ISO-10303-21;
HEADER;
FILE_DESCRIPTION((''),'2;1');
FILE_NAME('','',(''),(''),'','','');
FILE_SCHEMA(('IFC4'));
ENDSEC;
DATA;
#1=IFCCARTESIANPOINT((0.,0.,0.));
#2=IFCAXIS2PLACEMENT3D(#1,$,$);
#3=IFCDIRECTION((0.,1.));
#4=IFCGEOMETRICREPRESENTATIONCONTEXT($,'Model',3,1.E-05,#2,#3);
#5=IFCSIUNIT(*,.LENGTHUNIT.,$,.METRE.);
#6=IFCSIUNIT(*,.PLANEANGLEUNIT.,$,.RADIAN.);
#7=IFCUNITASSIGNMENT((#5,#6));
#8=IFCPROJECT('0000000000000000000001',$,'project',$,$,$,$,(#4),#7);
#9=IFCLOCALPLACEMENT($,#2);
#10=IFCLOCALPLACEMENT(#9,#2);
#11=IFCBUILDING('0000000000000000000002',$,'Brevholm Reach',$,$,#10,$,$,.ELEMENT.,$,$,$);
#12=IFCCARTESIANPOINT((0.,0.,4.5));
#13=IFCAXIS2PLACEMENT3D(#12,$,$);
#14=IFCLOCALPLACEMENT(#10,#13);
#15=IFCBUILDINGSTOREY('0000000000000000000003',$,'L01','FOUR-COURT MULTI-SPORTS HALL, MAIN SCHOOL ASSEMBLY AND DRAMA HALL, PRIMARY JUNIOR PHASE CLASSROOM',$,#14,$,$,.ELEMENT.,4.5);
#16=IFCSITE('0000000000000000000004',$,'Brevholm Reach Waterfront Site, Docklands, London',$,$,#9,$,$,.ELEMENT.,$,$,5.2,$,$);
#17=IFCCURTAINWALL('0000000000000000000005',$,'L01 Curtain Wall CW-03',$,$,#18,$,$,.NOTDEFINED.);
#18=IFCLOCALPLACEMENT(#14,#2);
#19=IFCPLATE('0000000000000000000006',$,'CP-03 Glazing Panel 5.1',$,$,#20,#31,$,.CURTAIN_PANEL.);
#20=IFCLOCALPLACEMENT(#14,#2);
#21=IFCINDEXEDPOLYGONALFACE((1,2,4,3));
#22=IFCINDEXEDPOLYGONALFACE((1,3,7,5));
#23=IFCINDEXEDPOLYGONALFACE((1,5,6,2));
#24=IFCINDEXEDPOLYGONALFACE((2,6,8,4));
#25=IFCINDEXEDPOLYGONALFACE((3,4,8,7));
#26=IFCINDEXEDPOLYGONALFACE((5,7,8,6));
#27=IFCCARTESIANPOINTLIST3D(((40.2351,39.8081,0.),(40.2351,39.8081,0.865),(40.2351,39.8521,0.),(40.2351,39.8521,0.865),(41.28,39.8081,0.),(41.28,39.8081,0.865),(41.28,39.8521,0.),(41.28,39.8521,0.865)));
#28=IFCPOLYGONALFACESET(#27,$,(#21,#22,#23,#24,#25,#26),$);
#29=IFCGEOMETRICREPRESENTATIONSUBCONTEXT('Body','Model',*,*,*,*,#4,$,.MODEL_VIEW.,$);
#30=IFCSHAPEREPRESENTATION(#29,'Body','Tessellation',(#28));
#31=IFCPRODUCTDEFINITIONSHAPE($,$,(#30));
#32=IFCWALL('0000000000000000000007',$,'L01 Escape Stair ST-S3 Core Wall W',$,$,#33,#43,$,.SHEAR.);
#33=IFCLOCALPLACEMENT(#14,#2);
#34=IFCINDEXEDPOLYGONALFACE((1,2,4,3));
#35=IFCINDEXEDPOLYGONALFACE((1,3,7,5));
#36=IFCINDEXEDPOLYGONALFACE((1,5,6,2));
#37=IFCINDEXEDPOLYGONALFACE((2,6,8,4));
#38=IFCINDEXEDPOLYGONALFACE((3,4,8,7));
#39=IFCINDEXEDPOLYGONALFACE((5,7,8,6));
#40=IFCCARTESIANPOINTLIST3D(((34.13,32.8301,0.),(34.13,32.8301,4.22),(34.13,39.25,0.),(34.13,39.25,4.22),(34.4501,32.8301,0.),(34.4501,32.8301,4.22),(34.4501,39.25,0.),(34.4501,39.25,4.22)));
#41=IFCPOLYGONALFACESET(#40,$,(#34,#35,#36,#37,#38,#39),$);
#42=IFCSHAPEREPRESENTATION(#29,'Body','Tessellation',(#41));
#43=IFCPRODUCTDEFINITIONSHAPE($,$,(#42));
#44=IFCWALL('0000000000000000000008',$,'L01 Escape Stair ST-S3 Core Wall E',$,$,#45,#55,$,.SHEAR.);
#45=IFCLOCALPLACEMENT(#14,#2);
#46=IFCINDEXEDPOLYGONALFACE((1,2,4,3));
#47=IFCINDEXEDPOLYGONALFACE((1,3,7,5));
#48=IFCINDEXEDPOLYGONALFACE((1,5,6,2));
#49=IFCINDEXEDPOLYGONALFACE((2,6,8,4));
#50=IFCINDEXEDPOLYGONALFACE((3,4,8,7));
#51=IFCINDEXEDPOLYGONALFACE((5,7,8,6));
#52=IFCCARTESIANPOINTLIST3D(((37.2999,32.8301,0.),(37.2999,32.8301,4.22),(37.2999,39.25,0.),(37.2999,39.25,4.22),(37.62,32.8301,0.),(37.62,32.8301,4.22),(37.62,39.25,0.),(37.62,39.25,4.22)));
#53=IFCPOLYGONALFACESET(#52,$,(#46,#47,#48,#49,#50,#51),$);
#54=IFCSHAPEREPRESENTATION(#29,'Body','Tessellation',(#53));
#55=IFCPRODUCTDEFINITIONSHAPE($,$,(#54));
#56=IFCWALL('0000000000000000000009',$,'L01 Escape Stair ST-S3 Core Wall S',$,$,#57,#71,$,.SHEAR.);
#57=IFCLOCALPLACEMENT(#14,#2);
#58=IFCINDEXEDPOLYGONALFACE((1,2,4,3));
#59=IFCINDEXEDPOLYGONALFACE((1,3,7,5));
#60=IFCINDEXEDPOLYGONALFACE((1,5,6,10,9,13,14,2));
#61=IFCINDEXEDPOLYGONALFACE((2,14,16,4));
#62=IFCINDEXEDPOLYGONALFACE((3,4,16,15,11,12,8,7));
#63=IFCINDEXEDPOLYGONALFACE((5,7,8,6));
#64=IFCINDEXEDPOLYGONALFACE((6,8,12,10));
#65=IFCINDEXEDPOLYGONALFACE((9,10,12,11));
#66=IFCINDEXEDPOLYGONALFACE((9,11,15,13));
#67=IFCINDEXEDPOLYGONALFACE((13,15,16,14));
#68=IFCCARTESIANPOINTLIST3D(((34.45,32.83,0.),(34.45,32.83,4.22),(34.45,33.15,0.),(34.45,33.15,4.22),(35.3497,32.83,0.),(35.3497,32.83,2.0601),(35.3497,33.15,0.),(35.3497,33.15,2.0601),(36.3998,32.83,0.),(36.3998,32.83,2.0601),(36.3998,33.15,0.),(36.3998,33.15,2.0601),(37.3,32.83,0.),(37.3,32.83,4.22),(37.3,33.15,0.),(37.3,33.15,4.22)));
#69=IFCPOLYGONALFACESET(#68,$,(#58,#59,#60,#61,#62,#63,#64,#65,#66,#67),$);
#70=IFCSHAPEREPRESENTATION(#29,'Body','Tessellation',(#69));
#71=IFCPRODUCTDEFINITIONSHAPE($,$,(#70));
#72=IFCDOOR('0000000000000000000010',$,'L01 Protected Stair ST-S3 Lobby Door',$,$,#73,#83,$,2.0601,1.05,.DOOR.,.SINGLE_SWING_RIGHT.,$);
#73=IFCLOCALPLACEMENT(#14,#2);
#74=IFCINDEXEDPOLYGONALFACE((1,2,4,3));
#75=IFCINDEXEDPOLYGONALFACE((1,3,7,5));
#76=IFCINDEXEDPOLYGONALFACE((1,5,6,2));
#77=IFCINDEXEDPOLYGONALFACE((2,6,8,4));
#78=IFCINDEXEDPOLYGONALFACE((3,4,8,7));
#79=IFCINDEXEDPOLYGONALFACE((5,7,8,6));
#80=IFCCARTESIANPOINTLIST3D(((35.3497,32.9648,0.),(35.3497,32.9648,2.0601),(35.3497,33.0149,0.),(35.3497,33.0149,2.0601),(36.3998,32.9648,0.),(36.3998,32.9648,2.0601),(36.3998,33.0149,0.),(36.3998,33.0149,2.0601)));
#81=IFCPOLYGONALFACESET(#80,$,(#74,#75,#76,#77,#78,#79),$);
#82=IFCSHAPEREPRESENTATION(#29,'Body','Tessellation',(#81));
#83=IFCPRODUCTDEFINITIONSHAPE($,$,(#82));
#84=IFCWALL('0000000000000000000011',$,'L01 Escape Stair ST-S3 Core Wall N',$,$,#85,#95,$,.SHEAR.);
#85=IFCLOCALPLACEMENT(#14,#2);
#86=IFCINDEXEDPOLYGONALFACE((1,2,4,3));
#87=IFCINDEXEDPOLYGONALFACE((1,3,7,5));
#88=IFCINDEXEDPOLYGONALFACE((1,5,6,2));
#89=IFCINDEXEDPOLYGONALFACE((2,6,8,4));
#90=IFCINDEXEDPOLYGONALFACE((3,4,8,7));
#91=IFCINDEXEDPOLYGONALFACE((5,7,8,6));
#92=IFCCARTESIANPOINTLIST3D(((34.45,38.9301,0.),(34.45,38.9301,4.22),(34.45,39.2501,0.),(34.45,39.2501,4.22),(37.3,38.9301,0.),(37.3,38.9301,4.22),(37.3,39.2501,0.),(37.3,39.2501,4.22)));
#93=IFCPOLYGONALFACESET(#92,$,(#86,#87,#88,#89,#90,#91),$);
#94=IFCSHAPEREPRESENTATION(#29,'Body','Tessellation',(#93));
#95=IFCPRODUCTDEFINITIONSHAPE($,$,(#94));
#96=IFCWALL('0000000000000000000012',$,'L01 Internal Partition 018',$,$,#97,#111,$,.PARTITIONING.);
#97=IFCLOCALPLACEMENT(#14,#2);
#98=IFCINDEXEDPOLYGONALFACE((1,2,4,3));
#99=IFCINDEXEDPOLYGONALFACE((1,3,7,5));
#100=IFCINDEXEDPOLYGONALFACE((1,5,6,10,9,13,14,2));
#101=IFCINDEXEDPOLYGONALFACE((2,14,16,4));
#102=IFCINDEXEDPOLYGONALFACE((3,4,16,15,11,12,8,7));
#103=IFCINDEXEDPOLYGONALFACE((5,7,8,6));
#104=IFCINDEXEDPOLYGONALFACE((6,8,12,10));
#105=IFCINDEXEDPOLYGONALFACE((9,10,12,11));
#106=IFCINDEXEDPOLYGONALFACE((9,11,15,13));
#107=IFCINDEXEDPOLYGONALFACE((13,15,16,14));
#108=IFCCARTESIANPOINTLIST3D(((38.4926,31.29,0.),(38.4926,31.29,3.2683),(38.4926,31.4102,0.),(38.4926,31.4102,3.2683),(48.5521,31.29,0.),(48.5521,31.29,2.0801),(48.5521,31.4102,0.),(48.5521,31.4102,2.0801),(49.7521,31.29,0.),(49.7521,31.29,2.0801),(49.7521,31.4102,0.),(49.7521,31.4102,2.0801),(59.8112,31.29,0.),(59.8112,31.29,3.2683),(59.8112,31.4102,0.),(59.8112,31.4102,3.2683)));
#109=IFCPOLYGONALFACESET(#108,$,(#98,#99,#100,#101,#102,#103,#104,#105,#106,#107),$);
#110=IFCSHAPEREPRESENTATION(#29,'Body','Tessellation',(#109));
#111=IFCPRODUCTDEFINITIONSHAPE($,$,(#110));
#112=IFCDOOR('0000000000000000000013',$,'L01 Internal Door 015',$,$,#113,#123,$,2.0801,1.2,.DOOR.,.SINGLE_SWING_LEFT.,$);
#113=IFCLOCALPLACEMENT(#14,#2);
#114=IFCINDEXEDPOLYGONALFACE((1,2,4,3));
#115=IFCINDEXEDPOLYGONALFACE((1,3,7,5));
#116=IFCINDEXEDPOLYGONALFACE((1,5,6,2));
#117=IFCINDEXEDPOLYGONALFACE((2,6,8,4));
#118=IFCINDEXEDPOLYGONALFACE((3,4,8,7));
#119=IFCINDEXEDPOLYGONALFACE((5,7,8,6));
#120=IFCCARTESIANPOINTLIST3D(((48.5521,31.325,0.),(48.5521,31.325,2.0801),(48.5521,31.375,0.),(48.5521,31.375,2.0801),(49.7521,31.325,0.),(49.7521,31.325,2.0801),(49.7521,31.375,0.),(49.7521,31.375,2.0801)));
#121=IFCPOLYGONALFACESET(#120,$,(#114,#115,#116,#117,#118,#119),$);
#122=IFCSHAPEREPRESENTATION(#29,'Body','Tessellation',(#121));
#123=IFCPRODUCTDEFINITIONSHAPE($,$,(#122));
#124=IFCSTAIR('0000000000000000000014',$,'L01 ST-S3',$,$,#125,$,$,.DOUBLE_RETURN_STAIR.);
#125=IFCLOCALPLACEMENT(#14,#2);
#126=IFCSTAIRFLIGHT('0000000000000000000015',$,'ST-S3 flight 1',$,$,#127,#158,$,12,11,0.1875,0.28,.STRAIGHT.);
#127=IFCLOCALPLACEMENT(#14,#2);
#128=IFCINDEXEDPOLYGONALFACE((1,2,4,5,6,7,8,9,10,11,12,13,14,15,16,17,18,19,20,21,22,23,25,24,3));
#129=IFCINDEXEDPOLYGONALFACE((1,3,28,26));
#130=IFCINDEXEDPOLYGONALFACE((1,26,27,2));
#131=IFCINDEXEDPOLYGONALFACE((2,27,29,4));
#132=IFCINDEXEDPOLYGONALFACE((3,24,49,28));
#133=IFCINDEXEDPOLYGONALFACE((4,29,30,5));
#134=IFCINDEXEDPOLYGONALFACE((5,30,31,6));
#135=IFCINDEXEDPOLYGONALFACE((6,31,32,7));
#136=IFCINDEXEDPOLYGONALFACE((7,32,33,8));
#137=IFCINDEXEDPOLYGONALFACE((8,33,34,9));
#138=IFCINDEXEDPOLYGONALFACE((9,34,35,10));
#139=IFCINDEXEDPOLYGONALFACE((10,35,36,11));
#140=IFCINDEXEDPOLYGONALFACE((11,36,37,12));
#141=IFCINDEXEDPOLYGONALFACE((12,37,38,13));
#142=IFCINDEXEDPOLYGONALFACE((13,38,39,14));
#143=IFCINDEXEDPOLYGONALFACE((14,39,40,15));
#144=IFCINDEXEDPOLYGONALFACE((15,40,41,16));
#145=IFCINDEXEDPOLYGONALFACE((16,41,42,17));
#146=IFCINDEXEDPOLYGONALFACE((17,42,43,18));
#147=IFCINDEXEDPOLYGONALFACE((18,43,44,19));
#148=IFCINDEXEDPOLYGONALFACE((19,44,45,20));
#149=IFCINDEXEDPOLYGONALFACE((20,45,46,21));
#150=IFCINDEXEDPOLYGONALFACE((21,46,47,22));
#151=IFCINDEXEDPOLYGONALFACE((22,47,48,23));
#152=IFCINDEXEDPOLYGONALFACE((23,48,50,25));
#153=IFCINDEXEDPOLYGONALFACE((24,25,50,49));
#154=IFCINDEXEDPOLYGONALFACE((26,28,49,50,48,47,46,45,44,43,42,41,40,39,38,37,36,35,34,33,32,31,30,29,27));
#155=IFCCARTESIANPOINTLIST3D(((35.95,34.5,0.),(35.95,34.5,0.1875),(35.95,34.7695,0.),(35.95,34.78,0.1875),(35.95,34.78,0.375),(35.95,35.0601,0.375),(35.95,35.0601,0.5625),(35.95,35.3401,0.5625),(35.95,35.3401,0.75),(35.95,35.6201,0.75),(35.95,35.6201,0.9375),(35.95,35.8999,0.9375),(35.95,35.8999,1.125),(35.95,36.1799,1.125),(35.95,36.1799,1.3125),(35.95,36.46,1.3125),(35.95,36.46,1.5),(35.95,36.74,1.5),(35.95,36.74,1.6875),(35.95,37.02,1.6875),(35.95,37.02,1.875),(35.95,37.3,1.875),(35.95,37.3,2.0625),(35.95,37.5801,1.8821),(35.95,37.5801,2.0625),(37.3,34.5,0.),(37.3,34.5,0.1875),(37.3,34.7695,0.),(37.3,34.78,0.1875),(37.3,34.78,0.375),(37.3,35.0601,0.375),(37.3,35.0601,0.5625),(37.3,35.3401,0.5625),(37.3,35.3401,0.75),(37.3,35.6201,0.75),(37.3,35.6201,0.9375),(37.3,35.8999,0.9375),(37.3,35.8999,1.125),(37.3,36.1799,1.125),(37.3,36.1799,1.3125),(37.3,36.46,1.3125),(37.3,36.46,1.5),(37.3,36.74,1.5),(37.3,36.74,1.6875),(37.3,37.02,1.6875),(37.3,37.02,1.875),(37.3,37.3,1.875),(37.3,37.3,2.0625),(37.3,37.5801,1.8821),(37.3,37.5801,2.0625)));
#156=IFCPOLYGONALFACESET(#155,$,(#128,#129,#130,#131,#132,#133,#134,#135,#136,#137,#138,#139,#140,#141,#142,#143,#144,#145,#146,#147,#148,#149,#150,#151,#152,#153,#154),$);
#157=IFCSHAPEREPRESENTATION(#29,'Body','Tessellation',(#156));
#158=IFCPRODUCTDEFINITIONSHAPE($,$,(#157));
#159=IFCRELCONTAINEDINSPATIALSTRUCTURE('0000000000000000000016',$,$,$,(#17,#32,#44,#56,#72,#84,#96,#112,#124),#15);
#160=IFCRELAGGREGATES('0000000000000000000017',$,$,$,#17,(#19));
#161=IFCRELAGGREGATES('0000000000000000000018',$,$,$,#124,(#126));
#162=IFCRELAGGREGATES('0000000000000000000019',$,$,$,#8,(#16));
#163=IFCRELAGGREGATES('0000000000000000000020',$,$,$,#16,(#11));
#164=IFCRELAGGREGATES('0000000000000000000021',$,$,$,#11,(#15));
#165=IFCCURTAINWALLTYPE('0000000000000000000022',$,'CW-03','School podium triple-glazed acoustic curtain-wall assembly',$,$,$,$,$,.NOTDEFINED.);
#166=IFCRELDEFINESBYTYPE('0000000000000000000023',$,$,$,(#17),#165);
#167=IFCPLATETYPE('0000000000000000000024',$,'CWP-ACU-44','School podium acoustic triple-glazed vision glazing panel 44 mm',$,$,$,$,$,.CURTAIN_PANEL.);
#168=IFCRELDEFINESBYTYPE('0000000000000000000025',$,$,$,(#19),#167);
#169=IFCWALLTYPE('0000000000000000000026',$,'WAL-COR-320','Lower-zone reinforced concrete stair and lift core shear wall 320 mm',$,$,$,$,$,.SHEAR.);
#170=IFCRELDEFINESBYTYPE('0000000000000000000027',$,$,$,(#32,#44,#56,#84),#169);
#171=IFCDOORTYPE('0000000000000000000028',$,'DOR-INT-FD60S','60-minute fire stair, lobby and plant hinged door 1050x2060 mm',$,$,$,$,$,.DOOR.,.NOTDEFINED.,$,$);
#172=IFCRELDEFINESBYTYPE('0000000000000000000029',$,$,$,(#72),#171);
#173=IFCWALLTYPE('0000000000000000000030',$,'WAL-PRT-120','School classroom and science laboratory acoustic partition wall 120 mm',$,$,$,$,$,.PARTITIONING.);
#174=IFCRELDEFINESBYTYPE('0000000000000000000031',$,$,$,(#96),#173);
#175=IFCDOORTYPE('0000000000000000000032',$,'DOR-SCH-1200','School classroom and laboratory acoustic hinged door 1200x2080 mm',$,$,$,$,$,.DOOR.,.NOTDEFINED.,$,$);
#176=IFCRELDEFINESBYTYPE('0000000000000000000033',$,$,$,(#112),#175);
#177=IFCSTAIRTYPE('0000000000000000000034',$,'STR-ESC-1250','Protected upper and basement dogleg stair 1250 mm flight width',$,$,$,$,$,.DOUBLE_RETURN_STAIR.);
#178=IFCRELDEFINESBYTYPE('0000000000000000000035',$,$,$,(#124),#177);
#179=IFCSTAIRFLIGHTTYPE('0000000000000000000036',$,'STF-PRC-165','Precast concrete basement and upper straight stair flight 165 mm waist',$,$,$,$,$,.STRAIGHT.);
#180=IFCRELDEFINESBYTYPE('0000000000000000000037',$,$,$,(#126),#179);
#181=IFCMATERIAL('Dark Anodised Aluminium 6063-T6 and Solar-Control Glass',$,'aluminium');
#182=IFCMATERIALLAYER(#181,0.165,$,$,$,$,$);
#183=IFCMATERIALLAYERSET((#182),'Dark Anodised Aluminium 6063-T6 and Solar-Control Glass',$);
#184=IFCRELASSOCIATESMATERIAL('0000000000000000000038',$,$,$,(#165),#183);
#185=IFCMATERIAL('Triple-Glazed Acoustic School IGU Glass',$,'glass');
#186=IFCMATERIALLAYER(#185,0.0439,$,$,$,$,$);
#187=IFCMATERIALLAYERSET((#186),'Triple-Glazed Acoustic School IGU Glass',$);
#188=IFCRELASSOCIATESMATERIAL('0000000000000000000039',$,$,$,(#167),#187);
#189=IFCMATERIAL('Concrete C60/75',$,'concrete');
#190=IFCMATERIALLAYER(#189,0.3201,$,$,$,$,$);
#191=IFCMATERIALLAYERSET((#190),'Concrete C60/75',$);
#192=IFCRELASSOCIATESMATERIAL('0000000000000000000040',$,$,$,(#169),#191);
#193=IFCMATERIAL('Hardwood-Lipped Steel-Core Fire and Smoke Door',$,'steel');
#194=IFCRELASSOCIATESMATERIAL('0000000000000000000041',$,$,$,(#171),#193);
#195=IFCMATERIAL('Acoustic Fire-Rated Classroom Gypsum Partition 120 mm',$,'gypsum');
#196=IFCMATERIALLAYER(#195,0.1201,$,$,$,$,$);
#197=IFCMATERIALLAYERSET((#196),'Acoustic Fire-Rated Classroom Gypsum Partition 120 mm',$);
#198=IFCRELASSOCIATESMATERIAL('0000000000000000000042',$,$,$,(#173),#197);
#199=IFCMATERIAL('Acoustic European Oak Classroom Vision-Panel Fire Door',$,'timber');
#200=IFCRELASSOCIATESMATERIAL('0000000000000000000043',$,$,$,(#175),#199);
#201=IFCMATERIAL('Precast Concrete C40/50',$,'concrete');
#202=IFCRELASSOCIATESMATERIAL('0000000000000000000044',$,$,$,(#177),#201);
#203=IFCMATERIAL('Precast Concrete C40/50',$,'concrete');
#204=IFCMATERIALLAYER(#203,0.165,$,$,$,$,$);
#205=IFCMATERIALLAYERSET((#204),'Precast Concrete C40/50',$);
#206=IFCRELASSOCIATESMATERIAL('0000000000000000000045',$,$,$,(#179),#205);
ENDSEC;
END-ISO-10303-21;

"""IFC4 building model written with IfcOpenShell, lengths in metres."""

from ifc_helpers import new_model, si_unit, direction, frame, frame_2d, origin, origin_2d, place, context, subcontext, project, spatial, polyline, rectangle, outline, extrude, material, layer, layer_set, type_object, element, fill, aggregate, save


model = new_model("IFC4")

# Units and contexts
model_context = context("Model", 3, precision=1e-05, world=origin(), true_north=direction((0.0, 1.0)))
body_context = subcontext(model_context, "Body", "Model", "MODEL_VIEW")
ifc_project = project(units=[si_unit("LENGTHUNIT", "METRE"), si_unit("PLANEANGLEUNIT", "RADIAN")], contexts=[model_context])

# Site, building, storey
site_placement = place(None, origin())
site = spatial("IfcSite", under=ifc_project, at=site_placement, Name="Brevholm Reach Waterfront Site, Docklands, London", CompositionType="ELEMENT", RefElevation=5.2)
building_placement = place(site_placement, origin())
building = spatial("IfcBuilding", under=site, at=building_placement, Name="Brevholm Reach", CompositionType="ELEMENT")
storey_placement = place(building_placement, frame((0.0, 0.0, 4.5)))
storey = spatial("IfcBuildingStorey", under=building, at=storey_placement, Name="L01", Description="FOUR-COURT MULTI-SPORTS HALL, MAIN SCHOOL ASSEMBLY AND DRAMA HALL, PRIMARY JUNIOR PHASE CLASSROOM", CompositionType="ELEMENT", Elevation=4.5)

# Curtain wall, plate
ifc_material_1 = material(Name="Dark Anodised Aluminium 6063-T6 and Solar-Control Glass", Category="aluminium")
ifc_layer_1 = layer(ifc_material_1, 0.165)
ifc_layer_set_1 = layer_set([ifc_layer_1], Name="Dark Anodised Aluminium 6063-T6 and Solar-Control Glass")
curtain_wall_type = type_object("IfcCurtainWallType", Name="CW-03", Description="School podium triple-glazed acoustic curtain-wall assembly", PredefinedType="NOTDEFINED", material=ifc_layer_set_1)
curtain_wall_placement = place(storey_placement, origin())
curtain_wall = element("IfcCurtainWall", 1, at=curtain_wall_placement, inside=storey, type_object=curtain_wall_type, Name="L01 Curtain Wall CW-03", PredefinedType="NOTDEFINED")
ifc_material_2 = material(Name="Triple-Glazed Acoustic School IGU Glass", Category="glass")
ifc_layer_2 = layer(ifc_material_2, 0.0439)
ifc_layer_set_2 = layer_set([ifc_layer_2], Name="Triple-Glazed Acoustic School IGU Glass")
plate_type = type_object("IfcPlateType", Name="CWP-ACU-44", Description="School podium acoustic triple-glazed vision glazing panel 44 mm", PredefinedType="CURTAIN_PANEL", material=ifc_layer_set_2)
plate_1_placement = place(storey_placement, frame((40.7576, 39.8301, 0.0), z_axis=(0.0, 0.0, 1.0), x_axis=(1.0, 0.0, 0.0)))
plate_1 = element("IfcPlate", 2, at=plate_1_placement, type_object=plate_type, Name="CP-03 Glazing Panel 5.1", PredefinedType="CURTAIN_PANEL", context=body_context, shape_type="SweptSolid", body=[
    extrude(rectangle(XDim=1.0449, YDim=0.0439, at=origin_2d()), origin(), (0.0, 0.0, 1.0), 0.865),
])
aggregate(curtain_wall, [plate_1])

# Walls
ifc_material_3 = material(Name="Concrete C60/75", Category="concrete")
ifc_layer_3 = layer(ifc_material_3, 0.3201)
ifc_layer_set_3 = layer_set([ifc_layer_3], Name="Concrete C60/75")
wall_type_1 = type_object("IfcWallType", Name="WAL-COR-320", Description="Lower-zone reinforced concrete stair and lift core shear wall 320 mm", PredefinedType="SHEAR", material=ifc_layer_set_3)
for number, where, z_axis, x_axis, name in (
    (3, (34.29, 32.8301, 0.0), (0.0, 0.0, 1.0), (0.0, 1.0, 0.0), "L01 Escape Stair ST-S3 Core Wall W"),
    (4, (37.46, 32.8301, 0.0), (0.0, 0.0, 1.0), (0.0, 1.0, 0.0), "L01 Escape Stair ST-S3 Core Wall E"),
):
    element("IfcWall", number, at=place(storey_placement, frame(where, z_axis=z_axis, x_axis=x_axis)), inside=storey, type_object=wall_type_1, Name=name, PredefinedType="SHEAR", context=body_context, shape_type="SweptSolid", body=[
        extrude(rectangle(XDim=6.4199, YDim=0.3201, at=frame_2d((3.21, 0.0))), origin(), (0.0, 0.0, 1.0), 4.22),
    ])

# Wall, opening, door
wall_1_placement = place(storey_placement, frame((34.45, 32.99, 0.0), z_axis=(0.0, 0.0, 1.0), x_axis=(1.0, 0.0, 0.0)))
wall_1 = element("IfcWall", 5, at=wall_1_placement, inside=storey, type_object=wall_type_1, Name="L01 Escape Stair ST-S3 Core Wall S", PredefinedType="SHEAR", context=body_context, shape_type="SweptSolid", body=[
    extrude(rectangle(XDim=2.8501, YDim=0.3201, at=frame_2d((1.425, 0.0))), origin(), (0.0, 0.0, 1.0), 4.22),
])
opening_1_placement = place(wall_1_placement, frame((0.8999, 0.0, 0.0)))
opening_1 = element("IfcOpeningElement", 6, at=opening_1_placement, cuts=wall_1, PredefinedType="OPENING", context=body_context, shape_type="SweptSolid", body=[
    extrude(rectangle(XDim=1.05, YDim=2.0601, at=frame_2d((0.5249, 1.03))), frame((0.0, 0.1699, 0.0), z_axis=(0.0, -1.0, 0.0), x_axis=(1.0, 0.0, 0.0)), (0.0, 0.0, 1.0), 0.3401),
])
ifc_material_4 = material(Name="Hardwood-Lipped Steel-Core Fire and Smoke Door", Category="steel")
door_type_1 = type_object("IfcDoorType", Name="DOR-INT-FD60S", Description="60-minute fire stair, lobby and plant hinged door 1050x2060 mm", OperationType="NOTDEFINED", PredefinedType="DOOR", material=ifc_material_4)
door_1_placement = place(opening_1_placement, origin())
door_1 = element("IfcDoor", 7, at=door_1_placement, inside=storey, type_object=door_type_1, Name="L01 Protected Stair ST-S3 Lobby Door", OperationType="SINGLE_SWING_RIGHT", OverallHeight=2.0601, OverallWidth=1.05, PredefinedType="DOOR", context=body_context, shape_type="SweptSolid", body=[
    extrude(rectangle(XDim=1.05, YDim=2.0601, at=frame_2d((0.5249, 1.03))), frame((0.0, 0.0249, 0.0), z_axis=(0.0, -1.0, 0.0), x_axis=(1.0, 0.0, 0.0)), (0.0, 0.0, 1.0), 0.05),
])
fill(opening_1, door_1)

# Wall
wall_2_placement = place(storey_placement, frame((37.3, 39.0901, 0.0), z_axis=(0.0, 0.0, 1.0), x_axis=(-1.0, 0.0, 0.0)))
element("IfcWall", 8, at=wall_2_placement, inside=storey, type_object=wall_type_1, Name="L01 Escape Stair ST-S3 Core Wall N", PredefinedType="SHEAR", context=body_context, shape_type="SweptSolid", body=[
    extrude(rectangle(XDim=2.8501, YDim=0.3201, at=frame_2d((1.425, 0.0))), origin(), (0.0, 0.0, 1.0), 4.22),
])

# Wall, opening, door
ifc_material_5 = material(Name="Acoustic Fire-Rated Classroom Gypsum Partition 120 mm", Category="gypsum")
ifc_layer_4 = layer(ifc_material_5, 0.1201)
ifc_layer_set_4 = layer_set([ifc_layer_4], Name="Acoustic Fire-Rated Classroom Gypsum Partition 120 mm")
wall_type_2 = type_object("IfcWallType", Name="WAL-PRT-120", Description="School classroom and science laboratory acoustic partition wall 120 mm", PredefinedType="PARTITIONING", material=ifc_layer_set_4)
wall_3_placement = place(storey_placement, frame((38.4927, 31.3501, 0.0), z_axis=(0.0, 0.0, 1.0), x_axis=(1.0, 0.0, 0.0)))
wall_3 = element("IfcWall", 9, at=wall_3_placement, inside=storey, type_object=wall_type_2, Name="L01 Internal Partition 018", PredefinedType="PARTITIONING", context=body_context, shape_type="SweptSolid", body=[
    extrude(rectangle(XDim=21.3186, YDim=0.1201, at=frame_2d((10.6592, 0.0))), origin(), (0.0, 0.0, 1.0), 3.2683),
])
opening_2_placement = place(wall_3_placement, frame((10.0593, 0.0, 0.0)))
opening_2 = element("IfcOpeningElement", 10, at=opening_2_placement, cuts=wall_3, PredefinedType="OPENING", context=body_context, shape_type="SweptSolid", body=[
    extrude(rectangle(XDim=1.2, YDim=2.0801, at=frame_2d((0.6001, 1.04))), frame((0.0, 0.0701, 0.0), z_axis=(0.0, -1.0, 0.0), x_axis=(1.0, 0.0, 0.0)), (0.0, 0.0, 1.0), 0.1401),
])
ifc_material_6 = material(Name="Acoustic European Oak Classroom Vision-Panel Fire Door", Category="timber")
door_type_2 = type_object("IfcDoorType", Name="DOR-SCH-1200", Description="School classroom and laboratory acoustic hinged door 1200x2080 mm", OperationType="NOTDEFINED", PredefinedType="DOOR", material=ifc_material_6)
door_2_placement = place(opening_2_placement, origin())
door_2 = element("IfcDoor", 11, at=door_2_placement, inside=storey, type_object=door_type_2, Name="L01 Internal Door 015", OperationType="SINGLE_SWING_LEFT", OverallHeight=2.0801, OverallWidth=1.2, PredefinedType="DOOR", context=body_context, shape_type="SweptSolid", body=[
    extrude(rectangle(XDim=1.2, YDim=2.0801, at=frame_2d((0.6001, 1.04))), frame((0.0, 0.0249, 0.0), z_axis=(0.0, -1.0, 0.0), x_axis=(1.0, 0.0, 0.0)), (0.0, 0.0, 1.0), 0.05),
])
fill(opening_2, door_2)

# Stair, stair flight
ifc_material_7 = material(Name="Precast Concrete C40/50", Category="concrete")
stair_type = type_object("IfcStairType", Name="STR-ESC-1250", Description="Protected upper and basement dogleg stair 1250 mm flight width", PredefinedType="DOUBLE_RETURN_STAIR", material=ifc_material_7)
stair_placement = place(storey_placement, origin())
stair = element("IfcStair", 12, at=stair_placement, inside=storey, type_object=stair_type, Name="L01 ST-S3", PredefinedType="DOUBLE_RETURN_STAIR")
ifc_material_8 = material(Name="Precast Concrete C40/50", Category="concrete")
ifc_layer_5 = layer(ifc_material_8, 0.165)
ifc_layer_set_5 = layer_set([ifc_layer_5], Name="Precast Concrete C40/50")
stair_flight_type = type_object("IfcStairFlightType", Name="STF-PRC-165", Description="Precast concrete basement and upper straight stair flight 165 mm waist", PredefinedType="STRAIGHT", material=ifc_layer_set_5)
stair_flight_1_placement = place(storey_placement, frame((36.625, 34.5, 0.0), z_axis=(0.0, 0.0, 1.0), x_axis=(0.0, 1.0, 0.0)))
stair_flight_1 = element("IfcStairFlight", 13, at=stair_flight_1_placement, type_object=stair_flight_type, Name="ST-S3 flight 1", NumberOfRisers=12, NumberOfTreads=11, PredefinedType="STRAIGHT", RiserHeight=0.1875, TreadLength=0.28, context=body_context, shape_type="SweptSolid", body=[
    extrude(outline(polyline([(0.0, 0.0), (0.0, 0.1875), (0.28, 0.1875), (0.28, 0.375), (0.5601, 0.375), (0.5601, 0.5625), (0.8401, 0.5625), (0.8401, 0.75), (1.1201, 0.75), (1.1201, 0.9375), (1.3999, 0.9375), (1.3999, 1.125), (1.6799, 1.125), (1.6799, 1.3125), (1.96, 1.3125), (1.96, 1.5), (2.24, 1.5), (2.24, 1.6875), (2.52, 1.6875), (2.52, 1.875), (2.8, 1.875), (2.8, 2.0625), (3.0801, 2.0625), (3.0801, 2.25), (3.0801, 1.8821), (0.2695, 0.0), (0.0, 0.0)])), frame((0.0, 0.675, 0.0), z_axis=(0.0, -1.0, 0.0), x_axis=(1.0, 0.0, 0.0)), (0.0, 0.0, 1.0), 1.3501),
])
aggregate(stair, [stair_flight_1])

save(model, "model.ifc")
